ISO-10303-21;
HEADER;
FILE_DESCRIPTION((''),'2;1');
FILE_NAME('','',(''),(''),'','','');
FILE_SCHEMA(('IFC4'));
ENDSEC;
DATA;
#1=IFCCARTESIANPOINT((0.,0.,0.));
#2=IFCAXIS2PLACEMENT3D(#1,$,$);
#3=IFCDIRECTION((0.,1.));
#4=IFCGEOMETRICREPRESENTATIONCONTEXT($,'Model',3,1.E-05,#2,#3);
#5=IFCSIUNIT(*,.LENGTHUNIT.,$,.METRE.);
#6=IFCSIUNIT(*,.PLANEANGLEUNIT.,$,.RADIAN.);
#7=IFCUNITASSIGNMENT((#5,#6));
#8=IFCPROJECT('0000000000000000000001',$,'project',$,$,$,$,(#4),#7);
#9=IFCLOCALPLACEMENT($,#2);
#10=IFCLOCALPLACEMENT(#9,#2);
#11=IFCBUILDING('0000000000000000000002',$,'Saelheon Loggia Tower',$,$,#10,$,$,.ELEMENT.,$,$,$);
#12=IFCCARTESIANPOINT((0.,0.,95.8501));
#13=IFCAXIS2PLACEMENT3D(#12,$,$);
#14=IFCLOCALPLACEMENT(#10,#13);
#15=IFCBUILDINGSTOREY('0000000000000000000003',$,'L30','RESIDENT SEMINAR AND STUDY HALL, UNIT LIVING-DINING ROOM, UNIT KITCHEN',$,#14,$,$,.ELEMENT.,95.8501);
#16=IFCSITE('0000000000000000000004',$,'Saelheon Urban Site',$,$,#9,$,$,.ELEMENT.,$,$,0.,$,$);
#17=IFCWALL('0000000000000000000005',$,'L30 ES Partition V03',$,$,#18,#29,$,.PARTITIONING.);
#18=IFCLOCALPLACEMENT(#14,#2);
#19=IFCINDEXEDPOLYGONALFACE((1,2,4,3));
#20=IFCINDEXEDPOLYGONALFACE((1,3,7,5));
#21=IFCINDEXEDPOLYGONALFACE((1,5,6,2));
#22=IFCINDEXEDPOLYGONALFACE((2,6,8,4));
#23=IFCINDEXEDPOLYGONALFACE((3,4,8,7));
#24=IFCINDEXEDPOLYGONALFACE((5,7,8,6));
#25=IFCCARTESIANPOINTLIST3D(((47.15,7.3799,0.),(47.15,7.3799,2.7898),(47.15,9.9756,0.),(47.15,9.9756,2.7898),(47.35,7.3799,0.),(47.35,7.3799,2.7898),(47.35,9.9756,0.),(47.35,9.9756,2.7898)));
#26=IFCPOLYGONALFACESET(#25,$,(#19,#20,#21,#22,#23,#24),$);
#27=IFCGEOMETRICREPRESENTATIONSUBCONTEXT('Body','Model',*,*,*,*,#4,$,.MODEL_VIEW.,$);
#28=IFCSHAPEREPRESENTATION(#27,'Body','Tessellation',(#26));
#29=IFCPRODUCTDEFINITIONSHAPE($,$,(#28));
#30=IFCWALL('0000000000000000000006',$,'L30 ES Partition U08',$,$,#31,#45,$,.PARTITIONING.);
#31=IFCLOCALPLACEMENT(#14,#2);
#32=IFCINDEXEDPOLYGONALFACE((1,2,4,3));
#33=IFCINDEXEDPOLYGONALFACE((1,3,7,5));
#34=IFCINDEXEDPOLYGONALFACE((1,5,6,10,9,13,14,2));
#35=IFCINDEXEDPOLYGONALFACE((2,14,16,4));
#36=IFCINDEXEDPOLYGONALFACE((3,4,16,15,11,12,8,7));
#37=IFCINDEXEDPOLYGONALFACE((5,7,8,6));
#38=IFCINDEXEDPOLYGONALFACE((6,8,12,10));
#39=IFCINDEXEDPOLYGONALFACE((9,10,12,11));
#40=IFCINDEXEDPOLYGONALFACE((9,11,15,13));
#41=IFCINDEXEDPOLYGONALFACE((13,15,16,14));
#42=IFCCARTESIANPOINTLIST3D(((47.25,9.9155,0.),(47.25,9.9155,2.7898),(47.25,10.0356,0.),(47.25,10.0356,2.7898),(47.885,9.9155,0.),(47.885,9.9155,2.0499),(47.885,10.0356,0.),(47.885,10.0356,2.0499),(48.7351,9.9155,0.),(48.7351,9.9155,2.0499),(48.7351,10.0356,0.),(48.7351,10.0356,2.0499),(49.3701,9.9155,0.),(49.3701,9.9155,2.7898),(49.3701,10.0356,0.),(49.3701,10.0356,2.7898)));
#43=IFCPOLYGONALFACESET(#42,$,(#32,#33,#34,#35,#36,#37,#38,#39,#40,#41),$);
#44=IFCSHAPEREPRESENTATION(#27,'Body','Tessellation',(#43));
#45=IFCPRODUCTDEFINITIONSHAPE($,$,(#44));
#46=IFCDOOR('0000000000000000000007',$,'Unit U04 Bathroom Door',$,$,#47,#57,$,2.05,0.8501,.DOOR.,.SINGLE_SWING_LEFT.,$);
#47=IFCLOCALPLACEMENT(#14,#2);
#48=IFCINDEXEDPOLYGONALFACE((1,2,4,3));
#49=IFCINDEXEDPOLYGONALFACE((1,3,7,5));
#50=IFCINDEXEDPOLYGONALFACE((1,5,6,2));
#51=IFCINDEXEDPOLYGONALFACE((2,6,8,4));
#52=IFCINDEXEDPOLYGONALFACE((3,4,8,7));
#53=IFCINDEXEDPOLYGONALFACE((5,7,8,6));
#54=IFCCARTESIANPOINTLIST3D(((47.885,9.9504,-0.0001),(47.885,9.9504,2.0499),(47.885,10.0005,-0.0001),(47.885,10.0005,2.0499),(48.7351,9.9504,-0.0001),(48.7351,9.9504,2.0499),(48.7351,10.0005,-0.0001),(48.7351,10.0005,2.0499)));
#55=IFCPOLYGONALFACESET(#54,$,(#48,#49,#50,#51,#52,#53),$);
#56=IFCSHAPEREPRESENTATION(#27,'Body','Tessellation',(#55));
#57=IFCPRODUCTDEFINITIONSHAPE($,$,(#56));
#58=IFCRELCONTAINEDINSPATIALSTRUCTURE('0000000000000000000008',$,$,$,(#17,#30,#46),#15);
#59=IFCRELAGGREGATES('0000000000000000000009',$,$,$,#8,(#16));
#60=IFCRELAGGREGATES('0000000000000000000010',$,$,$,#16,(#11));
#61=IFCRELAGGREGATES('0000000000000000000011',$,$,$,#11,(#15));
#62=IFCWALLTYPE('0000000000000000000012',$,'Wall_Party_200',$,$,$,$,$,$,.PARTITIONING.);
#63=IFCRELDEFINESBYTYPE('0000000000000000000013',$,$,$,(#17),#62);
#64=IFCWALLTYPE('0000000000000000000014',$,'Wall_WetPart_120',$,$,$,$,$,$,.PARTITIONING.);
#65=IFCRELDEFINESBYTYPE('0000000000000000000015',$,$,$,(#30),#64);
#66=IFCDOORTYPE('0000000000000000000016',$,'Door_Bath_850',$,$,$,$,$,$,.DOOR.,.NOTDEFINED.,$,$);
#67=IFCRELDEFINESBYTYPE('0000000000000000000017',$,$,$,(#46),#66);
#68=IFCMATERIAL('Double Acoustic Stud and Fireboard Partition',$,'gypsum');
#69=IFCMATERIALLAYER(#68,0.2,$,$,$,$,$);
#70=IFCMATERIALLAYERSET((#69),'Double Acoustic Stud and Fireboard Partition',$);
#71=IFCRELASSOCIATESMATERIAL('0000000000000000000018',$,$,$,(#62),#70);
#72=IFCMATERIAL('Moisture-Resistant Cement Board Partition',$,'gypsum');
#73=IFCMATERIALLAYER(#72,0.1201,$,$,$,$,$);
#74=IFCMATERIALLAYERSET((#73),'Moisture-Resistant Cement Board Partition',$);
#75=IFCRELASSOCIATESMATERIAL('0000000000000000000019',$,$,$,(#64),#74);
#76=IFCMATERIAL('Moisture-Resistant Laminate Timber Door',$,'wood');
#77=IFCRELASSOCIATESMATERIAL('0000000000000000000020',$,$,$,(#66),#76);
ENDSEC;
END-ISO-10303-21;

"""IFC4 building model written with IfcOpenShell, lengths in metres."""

from ifc_helpers import new_model, si_unit, direction, frame, frame_2d, origin, place, context, subcontext, project, spatial, rectangle, extrude, source, transform, mapped, material, layer, layer_set, type_object, element, fill, save


model = new_model("IFC4")

# Units and contexts
model_context = context("Model", 3, precision=1e-05, world=origin(), true_north=direction((0.0, 1.0)))
body_context = subcontext(model_context, "Body", "Model", "MODEL_VIEW")
ifc_project = project(units=[si_unit("LENGTHUNIT", "METRE"), si_unit("PLANEANGLEUNIT", "RADIAN")], contexts=[model_context])

# Site, building, storey
site_placement = place(None, origin())
site = spatial("IfcSite", under=ifc_project, at=site_placement, Name="Saelheon Urban Site", CompositionType="ELEMENT", RefElevation=0.0)
building_placement = place(site_placement, origin())
building = spatial("IfcBuilding", under=site, at=building_placement, Name="Saelheon Loggia Tower", CompositionType="ELEMENT")
storey_placement = place(building_placement, frame((0.0, 0.0, 95.8501)))
storey = spatial("IfcBuildingStorey", under=building, at=storey_placement, Name="L30", Description="RESIDENT SEMINAR AND STUDY HALL, UNIT LIVING-DINING ROOM, UNIT KITCHEN", CompositionType="ELEMENT", Elevation=95.8501)

# Wall
ifc_material_1 = material(Name="Double Acoustic Stud and Fireboard Partition", Category="gypsum")
ifc_layer_1 = layer(ifc_material_1, 0.2)
ifc_layer_set_1 = layer_set([ifc_layer_1], Name="Double Acoustic Stud and Fireboard Partition")
wall_type_1 = type_object("IfcWallType", Name="Wall_Party_200", PredefinedType="PARTITIONING", material=ifc_layer_set_1)
wall_1_placement = place(storey_placement, frame((47.25, 7.3799, 0.0), z_axis=(0.0, 0.0, 1.0), x_axis=(0.0, 1.0, 0.0)))
element("IfcWall", 1, at=wall_1_placement, inside=storey, type_object=wall_type_1, Name="L30 ES Partition V03", PredefinedType="PARTITIONING", context=body_context, shape_type="SweptSolid", body=[
    extrude(rectangle(XDim=2.5957, YDim=0.2, at=frame_2d((1.2979, 0.0))), origin(), (0.0, 0.0, 1.0), 2.7898),
])

# Wall, opening, door
ifc_material_2 = material(Name="Moisture-Resistant Cement Board Partition", Category="gypsum")
ifc_layer_2 = layer(ifc_material_2, 0.1201)
ifc_layer_set_2 = layer_set([ifc_layer_2], Name="Moisture-Resistant Cement Board Partition")
wall_type_2 = type_object("IfcWallType", Name="Wall_WetPart_120", PredefinedType="PARTITIONING", material=ifc_layer_set_2)
wall_2_placement = place(storey_placement, frame((47.25, 9.9756, 0.0), z_axis=(0.0, 0.0, 1.0), x_axis=(1.0, 0.0, 0.0)))
wall_2 = element("IfcWall", 2, at=wall_2_placement, inside=storey, type_object=wall_type_2, Name="L30 ES Partition U08", PredefinedType="PARTITIONING", context=body_context, shape_type="SweptSolid", body=[
    extrude(rectangle(XDim=2.1201, YDim=0.1201, at=frame_2d((1.0601, 0.0))), origin(), (0.0, 0.0, 1.0), 2.7898),
])
opening_1_placement = place(wall_2_placement, frame((0.635, 0.0, 0.0)))
opening_1 = element("IfcOpeningElement", 3, at=opening_1_placement, cuts=wall_2, PredefinedType="OPENING", context=body_context, shape_type="SweptSolid", body=[
    extrude(rectangle(XDim=0.8501, YDim=2.05, at=frame_2d((0.425, 1.0249))), frame((0.0, 0.072, 0.0), z_axis=(0.0, -1.0, 0.0), x_axis=(1.0, 0.0, 0.0)), (0.0, 0.0, 1.0), 0.144),
])
ifc_material_3 = material(Name="Moisture-Resistant Laminate Timber Door", Category="wood")
door_type_1 = type_object("IfcDoorType", Name="Door_Bath_850", OperationType="NOTDEFINED", PredefinedType="DOOR", material=ifc_material_3)
shared_shape_1 = source(origin(), body_context, "Body", "SweptSolid", [
    extrude(rectangle(XDim=0.8501, YDim=2.05, at=frame_2d((0.425, 1.0249))), frame((0.0, 0.0249, 0.0), z_axis=(0.0, -1.0, 0.0), x_axis=(1.0, 0.0, 0.0)), (0.0, 0.0, 1.0), 0.05),
])
door_1_placement = place(opening_1_placement, origin())
door_1 = element("IfcDoor", 4, at=door_1_placement, inside=storey, type_object=door_type_1, Name="Unit U04 Bathroom Door", OperationType="SINGLE_SWING_LEFT", OverallHeight=2.05, OverallWidth=0.8501, PredefinedType="DOOR", context=body_context, shape_type="MappedRepresentation", body=[
    mapped(shared_shape_1, transform((0.0, 0.0, 0.0), scale=1.0)),
])
fill(opening_1, door_1)

save(model, "model.ifc")
